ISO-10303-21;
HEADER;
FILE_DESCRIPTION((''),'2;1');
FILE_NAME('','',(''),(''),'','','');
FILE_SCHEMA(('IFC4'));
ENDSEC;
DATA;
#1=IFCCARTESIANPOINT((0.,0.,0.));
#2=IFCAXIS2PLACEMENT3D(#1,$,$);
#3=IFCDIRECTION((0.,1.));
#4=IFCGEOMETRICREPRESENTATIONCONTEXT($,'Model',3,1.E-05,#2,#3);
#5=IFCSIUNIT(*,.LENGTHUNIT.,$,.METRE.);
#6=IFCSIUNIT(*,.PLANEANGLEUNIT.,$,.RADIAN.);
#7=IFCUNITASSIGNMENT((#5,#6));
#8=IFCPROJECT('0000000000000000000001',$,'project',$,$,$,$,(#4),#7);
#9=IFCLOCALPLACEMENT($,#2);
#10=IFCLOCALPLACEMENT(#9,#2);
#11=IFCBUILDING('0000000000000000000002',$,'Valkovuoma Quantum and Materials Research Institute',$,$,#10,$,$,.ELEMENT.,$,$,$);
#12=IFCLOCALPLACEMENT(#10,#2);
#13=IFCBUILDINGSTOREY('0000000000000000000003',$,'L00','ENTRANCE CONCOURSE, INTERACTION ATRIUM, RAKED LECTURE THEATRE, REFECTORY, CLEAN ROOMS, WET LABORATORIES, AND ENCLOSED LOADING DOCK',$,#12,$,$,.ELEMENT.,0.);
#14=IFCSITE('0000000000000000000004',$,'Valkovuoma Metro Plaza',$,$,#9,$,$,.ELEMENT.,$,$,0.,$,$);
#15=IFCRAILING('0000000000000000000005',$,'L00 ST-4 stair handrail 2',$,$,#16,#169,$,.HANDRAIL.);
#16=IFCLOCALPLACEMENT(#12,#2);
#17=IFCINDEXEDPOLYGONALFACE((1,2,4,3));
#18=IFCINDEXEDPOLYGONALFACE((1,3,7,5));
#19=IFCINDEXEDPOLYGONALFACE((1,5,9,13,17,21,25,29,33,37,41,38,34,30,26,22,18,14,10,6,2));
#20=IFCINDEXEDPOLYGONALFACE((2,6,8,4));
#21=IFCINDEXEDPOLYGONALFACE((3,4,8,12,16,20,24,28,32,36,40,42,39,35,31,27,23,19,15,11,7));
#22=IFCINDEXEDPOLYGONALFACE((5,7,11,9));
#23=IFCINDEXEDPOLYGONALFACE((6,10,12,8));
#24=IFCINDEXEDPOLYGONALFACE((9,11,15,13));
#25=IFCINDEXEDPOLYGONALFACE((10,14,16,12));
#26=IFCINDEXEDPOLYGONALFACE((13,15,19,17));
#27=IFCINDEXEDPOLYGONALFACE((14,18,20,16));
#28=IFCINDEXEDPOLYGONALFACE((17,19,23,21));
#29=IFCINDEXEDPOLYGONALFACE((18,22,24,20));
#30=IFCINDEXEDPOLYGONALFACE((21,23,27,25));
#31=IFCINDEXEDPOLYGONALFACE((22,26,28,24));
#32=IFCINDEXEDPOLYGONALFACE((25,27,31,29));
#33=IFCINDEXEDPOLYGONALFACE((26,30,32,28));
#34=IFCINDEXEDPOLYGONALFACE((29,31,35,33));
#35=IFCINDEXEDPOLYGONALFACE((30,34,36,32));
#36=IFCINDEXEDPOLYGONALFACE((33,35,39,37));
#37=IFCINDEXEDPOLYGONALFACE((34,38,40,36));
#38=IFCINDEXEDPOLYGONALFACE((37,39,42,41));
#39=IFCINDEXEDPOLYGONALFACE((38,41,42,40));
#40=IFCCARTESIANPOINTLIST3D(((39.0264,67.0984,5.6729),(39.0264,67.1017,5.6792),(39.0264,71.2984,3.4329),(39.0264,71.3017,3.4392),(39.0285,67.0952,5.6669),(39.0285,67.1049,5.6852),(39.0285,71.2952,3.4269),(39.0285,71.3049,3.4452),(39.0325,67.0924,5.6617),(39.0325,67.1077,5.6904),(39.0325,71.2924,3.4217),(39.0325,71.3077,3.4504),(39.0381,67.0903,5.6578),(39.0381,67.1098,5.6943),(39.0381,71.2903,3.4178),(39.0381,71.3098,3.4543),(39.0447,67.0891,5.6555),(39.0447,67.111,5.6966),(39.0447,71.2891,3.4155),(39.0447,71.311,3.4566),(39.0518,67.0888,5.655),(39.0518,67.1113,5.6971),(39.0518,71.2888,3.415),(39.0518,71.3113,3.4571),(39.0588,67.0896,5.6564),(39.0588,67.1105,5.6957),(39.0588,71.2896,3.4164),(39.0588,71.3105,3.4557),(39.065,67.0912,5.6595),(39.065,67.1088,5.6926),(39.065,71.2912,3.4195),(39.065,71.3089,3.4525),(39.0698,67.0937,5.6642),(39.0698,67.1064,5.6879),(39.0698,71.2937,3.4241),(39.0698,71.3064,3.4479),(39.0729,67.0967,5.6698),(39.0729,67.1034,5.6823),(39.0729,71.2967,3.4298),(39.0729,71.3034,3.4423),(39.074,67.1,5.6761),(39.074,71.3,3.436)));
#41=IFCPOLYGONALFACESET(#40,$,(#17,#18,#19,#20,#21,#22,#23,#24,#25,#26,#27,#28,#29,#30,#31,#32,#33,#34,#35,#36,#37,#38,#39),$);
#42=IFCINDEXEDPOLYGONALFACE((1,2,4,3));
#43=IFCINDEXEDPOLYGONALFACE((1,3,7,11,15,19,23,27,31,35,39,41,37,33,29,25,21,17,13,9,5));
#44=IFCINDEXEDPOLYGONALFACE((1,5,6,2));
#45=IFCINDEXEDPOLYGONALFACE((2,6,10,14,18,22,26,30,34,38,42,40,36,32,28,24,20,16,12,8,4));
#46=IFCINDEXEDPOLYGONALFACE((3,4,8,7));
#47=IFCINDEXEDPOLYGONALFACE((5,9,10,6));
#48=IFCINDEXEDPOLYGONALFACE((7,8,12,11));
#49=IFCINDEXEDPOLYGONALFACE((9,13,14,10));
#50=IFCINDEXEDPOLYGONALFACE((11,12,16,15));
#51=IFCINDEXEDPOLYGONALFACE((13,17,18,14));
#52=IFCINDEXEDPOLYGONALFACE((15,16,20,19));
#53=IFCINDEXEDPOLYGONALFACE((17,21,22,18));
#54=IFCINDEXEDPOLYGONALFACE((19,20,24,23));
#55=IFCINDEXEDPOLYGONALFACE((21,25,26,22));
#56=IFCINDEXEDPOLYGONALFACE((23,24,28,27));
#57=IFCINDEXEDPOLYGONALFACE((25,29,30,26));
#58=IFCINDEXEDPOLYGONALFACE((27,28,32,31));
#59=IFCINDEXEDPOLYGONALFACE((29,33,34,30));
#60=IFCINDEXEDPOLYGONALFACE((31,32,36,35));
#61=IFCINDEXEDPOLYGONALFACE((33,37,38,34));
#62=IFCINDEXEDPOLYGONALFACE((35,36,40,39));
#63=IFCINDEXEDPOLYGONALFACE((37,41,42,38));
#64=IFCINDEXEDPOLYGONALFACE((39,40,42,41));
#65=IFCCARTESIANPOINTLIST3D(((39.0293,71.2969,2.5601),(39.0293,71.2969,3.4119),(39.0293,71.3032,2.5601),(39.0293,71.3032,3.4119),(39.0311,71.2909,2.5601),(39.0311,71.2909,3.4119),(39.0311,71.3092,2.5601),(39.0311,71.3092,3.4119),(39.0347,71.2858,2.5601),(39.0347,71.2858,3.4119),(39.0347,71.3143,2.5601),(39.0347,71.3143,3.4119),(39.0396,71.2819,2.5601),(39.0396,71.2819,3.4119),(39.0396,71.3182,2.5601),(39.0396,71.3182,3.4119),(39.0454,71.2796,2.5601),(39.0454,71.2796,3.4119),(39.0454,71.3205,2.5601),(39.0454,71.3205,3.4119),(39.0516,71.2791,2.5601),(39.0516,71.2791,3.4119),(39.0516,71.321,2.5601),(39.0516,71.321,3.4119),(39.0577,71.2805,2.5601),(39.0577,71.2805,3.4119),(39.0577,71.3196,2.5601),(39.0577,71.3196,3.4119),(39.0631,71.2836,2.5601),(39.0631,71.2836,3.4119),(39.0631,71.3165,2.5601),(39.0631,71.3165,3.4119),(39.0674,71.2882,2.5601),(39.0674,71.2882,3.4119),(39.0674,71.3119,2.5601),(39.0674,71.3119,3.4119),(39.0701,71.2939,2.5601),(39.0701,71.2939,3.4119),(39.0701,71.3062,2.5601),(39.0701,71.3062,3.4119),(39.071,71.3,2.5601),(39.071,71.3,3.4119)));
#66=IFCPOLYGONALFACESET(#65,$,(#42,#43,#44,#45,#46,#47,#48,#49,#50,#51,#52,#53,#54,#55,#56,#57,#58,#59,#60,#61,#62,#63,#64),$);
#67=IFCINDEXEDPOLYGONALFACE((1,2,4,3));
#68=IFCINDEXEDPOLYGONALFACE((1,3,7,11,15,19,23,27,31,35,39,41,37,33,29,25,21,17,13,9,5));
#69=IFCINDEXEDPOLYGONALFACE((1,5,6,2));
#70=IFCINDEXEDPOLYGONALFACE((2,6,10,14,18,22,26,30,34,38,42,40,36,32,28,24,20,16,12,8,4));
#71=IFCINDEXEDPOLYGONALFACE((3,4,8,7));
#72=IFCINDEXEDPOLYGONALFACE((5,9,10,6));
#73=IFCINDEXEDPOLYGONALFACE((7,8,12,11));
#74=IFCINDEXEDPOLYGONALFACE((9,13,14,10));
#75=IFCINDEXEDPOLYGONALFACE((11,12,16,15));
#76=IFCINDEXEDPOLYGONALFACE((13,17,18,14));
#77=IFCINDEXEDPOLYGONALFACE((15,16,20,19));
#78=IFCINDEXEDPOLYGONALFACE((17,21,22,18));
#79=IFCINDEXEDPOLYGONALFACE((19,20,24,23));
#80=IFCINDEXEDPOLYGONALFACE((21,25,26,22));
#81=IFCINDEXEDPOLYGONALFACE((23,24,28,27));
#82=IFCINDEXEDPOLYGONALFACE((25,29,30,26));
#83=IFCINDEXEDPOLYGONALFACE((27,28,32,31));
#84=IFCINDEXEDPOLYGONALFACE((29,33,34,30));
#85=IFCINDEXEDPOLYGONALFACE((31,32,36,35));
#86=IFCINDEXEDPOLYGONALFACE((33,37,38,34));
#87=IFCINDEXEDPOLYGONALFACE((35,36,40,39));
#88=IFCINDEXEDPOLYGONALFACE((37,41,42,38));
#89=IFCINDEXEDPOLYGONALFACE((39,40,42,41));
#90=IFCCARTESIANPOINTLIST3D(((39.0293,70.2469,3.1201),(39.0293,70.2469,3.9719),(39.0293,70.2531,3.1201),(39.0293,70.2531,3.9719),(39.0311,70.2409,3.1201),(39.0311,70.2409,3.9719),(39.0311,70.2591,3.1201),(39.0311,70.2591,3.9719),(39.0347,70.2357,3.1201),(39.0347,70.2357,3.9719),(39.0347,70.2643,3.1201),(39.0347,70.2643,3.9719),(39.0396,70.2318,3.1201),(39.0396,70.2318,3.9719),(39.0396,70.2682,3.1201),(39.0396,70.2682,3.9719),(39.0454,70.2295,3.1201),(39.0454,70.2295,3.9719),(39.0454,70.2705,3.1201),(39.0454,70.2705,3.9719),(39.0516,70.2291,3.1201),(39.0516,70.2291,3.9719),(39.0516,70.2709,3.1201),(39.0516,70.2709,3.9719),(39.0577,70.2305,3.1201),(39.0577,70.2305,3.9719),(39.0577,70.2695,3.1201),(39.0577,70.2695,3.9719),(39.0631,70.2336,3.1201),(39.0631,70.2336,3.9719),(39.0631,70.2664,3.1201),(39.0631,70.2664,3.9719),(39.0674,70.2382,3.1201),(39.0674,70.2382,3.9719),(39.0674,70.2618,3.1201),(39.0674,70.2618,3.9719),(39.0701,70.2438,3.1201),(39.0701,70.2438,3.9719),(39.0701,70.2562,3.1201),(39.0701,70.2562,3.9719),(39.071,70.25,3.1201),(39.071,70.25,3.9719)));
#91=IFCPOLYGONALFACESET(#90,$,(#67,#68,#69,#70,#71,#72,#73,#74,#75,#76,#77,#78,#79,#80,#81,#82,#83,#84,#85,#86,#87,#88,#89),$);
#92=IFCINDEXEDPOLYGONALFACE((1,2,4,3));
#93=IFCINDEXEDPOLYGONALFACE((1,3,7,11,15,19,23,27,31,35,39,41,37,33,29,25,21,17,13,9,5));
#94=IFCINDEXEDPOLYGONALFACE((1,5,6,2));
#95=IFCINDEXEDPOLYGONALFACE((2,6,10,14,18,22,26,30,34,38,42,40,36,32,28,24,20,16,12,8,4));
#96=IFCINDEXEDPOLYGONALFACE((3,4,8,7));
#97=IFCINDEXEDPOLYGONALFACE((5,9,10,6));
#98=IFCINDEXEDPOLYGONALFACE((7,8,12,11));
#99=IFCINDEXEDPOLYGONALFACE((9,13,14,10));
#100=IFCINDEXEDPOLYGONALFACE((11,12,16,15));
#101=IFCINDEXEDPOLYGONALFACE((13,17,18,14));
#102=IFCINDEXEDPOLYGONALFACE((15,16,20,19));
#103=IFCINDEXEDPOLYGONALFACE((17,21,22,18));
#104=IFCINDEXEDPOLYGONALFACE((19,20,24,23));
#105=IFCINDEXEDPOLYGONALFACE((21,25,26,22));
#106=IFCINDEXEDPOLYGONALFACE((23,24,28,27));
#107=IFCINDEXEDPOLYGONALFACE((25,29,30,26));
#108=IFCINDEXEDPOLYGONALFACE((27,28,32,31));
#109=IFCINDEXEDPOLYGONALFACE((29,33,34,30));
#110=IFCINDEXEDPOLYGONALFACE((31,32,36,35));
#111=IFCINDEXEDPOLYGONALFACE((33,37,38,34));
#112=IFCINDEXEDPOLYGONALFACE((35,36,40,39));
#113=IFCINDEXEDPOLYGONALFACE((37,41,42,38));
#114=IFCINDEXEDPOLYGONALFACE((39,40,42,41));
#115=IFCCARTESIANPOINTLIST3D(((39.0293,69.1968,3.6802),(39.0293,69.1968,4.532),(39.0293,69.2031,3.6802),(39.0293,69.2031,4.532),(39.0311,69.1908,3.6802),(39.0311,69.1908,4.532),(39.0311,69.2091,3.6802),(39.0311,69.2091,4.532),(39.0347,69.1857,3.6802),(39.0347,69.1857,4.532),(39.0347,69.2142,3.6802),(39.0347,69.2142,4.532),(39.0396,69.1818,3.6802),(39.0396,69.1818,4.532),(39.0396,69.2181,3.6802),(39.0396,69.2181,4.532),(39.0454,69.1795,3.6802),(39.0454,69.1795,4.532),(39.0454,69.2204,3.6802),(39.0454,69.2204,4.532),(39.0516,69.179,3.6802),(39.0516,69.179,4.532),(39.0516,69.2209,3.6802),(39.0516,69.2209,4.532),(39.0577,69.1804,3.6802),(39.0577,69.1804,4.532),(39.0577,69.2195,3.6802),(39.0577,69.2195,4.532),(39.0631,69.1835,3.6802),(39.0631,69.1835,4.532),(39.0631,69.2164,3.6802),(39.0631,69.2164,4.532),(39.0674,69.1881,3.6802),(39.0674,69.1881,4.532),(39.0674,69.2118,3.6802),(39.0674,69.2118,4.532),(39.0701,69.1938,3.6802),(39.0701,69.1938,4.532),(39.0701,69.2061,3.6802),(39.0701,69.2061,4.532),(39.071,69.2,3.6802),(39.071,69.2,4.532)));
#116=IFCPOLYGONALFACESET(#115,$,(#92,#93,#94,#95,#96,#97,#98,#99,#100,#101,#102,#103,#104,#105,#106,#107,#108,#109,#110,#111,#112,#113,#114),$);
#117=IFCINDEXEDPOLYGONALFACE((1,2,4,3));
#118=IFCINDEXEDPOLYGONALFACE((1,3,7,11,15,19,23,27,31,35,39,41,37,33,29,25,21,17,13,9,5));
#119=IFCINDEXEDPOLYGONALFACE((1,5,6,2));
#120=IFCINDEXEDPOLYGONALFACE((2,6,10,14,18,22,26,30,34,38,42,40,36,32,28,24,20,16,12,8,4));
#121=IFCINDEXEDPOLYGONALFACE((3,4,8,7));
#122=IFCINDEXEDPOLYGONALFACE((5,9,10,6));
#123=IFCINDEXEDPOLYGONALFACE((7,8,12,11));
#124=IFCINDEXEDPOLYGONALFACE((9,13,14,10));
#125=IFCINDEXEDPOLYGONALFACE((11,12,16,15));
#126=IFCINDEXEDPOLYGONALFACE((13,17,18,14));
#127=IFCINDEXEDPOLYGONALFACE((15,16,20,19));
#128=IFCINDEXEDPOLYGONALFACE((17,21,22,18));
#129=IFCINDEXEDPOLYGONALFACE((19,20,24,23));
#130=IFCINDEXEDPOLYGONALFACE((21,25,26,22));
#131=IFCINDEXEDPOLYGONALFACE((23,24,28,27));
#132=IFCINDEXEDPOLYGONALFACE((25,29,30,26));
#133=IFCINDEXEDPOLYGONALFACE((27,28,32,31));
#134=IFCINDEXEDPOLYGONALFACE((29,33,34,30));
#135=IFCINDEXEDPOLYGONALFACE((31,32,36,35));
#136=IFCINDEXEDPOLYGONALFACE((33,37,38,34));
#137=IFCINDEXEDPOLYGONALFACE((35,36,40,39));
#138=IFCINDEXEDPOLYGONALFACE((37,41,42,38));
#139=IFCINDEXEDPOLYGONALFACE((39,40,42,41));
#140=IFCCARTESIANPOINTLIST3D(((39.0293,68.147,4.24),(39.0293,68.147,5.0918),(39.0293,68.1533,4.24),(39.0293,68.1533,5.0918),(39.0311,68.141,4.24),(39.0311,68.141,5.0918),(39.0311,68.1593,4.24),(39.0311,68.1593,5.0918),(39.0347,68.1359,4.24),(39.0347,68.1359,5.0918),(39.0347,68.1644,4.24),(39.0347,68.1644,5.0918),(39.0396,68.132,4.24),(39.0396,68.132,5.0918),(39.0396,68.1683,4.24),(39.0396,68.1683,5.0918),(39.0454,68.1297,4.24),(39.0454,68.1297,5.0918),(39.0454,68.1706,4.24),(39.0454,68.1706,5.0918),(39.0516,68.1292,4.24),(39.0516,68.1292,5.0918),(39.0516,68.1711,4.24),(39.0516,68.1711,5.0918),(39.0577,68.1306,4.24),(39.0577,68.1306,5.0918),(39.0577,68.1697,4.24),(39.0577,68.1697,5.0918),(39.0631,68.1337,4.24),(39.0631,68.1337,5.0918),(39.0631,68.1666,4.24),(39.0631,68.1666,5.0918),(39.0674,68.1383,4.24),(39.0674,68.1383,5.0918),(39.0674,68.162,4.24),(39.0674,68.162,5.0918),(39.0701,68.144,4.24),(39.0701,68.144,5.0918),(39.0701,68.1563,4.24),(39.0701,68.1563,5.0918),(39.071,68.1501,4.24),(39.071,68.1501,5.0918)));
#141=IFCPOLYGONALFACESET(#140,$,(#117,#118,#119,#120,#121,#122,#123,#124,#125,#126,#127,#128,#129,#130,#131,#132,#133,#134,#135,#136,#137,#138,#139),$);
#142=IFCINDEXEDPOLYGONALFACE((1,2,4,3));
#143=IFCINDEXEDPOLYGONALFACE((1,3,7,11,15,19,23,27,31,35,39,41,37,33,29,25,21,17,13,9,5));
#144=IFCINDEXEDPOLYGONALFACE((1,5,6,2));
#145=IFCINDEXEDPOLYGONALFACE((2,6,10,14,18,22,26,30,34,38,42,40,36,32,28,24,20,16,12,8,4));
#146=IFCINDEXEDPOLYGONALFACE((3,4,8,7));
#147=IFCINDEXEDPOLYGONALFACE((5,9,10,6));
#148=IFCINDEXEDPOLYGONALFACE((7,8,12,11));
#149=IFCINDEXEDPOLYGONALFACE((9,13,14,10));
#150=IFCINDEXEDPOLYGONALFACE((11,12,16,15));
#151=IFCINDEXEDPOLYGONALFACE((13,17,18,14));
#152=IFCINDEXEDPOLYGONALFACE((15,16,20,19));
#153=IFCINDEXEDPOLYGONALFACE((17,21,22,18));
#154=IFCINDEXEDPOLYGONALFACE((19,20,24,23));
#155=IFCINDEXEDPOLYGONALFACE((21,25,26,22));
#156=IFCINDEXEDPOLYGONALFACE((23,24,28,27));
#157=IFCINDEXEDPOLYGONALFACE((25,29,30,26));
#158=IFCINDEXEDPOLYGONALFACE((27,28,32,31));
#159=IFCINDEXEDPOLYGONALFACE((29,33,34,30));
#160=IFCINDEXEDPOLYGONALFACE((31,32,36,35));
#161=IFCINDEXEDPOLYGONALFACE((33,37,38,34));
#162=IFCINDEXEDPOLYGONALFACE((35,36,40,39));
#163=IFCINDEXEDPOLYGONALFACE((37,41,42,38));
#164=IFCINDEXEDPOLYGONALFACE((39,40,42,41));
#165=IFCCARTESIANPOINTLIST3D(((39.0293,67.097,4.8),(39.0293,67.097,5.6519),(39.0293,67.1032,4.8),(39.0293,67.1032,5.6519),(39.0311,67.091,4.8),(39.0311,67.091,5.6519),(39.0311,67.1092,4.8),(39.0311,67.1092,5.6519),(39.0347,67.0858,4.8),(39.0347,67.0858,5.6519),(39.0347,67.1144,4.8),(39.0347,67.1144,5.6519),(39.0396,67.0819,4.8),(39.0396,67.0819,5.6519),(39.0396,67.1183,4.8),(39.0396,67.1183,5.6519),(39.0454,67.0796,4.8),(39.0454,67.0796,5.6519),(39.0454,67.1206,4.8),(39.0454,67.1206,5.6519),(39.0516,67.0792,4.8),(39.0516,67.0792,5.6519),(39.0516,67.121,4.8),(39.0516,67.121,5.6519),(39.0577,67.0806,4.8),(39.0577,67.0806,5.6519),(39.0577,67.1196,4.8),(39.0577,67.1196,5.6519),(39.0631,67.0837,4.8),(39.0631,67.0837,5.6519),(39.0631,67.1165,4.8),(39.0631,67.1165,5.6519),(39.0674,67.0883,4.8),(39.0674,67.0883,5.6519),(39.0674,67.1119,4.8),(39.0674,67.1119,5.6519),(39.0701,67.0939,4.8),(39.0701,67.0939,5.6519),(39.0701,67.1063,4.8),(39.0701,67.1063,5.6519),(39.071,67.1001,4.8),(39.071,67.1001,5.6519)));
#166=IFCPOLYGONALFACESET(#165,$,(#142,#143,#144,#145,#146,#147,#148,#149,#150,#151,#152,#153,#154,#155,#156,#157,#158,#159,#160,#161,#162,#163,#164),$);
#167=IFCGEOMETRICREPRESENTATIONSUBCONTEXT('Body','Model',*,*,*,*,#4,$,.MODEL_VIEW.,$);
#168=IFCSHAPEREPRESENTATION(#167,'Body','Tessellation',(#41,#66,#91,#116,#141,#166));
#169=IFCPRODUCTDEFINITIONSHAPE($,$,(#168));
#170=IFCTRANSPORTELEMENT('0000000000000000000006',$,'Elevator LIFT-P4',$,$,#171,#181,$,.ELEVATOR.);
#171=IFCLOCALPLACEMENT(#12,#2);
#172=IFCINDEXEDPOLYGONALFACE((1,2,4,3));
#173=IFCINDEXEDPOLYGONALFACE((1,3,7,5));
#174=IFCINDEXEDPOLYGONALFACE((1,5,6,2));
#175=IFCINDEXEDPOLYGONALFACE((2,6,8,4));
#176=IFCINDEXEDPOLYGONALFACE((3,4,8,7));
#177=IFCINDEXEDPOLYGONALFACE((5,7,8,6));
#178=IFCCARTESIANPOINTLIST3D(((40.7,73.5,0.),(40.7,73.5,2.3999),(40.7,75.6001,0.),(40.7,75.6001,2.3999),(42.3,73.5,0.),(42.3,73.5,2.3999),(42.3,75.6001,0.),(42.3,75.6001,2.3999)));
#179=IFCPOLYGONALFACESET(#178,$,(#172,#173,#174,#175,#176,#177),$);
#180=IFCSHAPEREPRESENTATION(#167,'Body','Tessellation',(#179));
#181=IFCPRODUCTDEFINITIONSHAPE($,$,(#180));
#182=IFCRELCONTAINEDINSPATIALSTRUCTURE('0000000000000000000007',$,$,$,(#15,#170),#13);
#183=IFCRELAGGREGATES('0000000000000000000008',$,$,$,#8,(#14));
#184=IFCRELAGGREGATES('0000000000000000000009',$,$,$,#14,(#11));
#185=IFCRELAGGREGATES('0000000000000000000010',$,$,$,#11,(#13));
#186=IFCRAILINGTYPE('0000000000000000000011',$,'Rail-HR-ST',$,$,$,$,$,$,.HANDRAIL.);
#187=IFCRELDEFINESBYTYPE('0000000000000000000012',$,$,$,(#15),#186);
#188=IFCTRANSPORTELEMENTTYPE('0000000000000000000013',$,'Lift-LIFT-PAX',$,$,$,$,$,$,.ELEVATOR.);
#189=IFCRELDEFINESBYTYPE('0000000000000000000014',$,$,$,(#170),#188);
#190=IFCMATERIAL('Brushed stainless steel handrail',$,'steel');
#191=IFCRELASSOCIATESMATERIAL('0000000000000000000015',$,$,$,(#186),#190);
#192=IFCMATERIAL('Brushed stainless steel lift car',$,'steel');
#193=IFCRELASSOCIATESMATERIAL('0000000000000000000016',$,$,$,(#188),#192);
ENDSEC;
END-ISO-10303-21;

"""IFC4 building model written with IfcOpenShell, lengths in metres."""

from ifc_helpers import new_model, si_unit, direction, frame, origin, origin_2d, place, context, subcontext, project, spatial, rectangle, circle, extrude, material, type_object, element, save


model = new_model("IFC4")

# Units and contexts
model_context = context("Model", 3, precision=1e-05, world=origin(), true_north=direction((0.0, 1.0)))
body_context = subcontext(model_context, "Body", "Model", "MODEL_VIEW")
ifc_project = project(units=[si_unit("LENGTHUNIT", "METRE"), si_unit("PLANEANGLEUNIT", "RADIAN")], contexts=[model_context])

# Site, building, storey
site_placement = place(None, origin())
site = spatial("IfcSite", under=ifc_project, at=site_placement, Name="Valkovuoma Metro Plaza", CompositionType="ELEMENT", RefElevation=0.0)
building_placement = place(site_placement, origin())
building = spatial("IfcBuilding", under=site, at=building_placement, Name="Valkovuoma Quantum and Materials Research Institute", CompositionType="ELEMENT")
storey_placement = place(building_placement, origin())
storey = spatial("IfcBuildingStorey", under=building, at=storey_placement, Name="L00", Description="ENTRANCE CONCOURSE, INTERACTION ATRIUM, RAKED LECTURE THEATRE, REFECTORY, CLEAN ROOMS, WET LABORATORIES, AND ENCLOSED LOADING DOCK", CompositionType="ELEMENT", Elevation=0.0)

# Railing
ifc_material_1 = material(Name="Brushed stainless steel handrail", Category="steel")
railing_type_1 = type_object("IfcRailingType", Name="Rail-HR-ST", PredefinedType="HANDRAIL", material=ifc_material_1)
railing_1_placement = place(storey_placement, frame((39.05, 71.3, 2.5601)))
element("IfcRailing", 1, at=railing_1_placement, inside=storey, type_object=railing_type_1, Name="L00 ST-4 stair handrail 2", PredefinedType="HANDRAIL", context=body_context, shape_type="SweptSolid", body=[
    extrude(circle(Radius=0.0239, at=origin_2d()), frame((0.0, 0.0, 0.876), z_axis=(0.0, -0.882352, 0.470591), x_axis=(1.0, 0.0, 0.0)), (0.0, 0.0, 1.0), 4.76),
    extrude(circle(Radius=0.021, at=origin_2d()), origin(), (0.0, 0.0, 1.0), 0.8518),
    extrude(circle(Radius=0.021, at=origin_2d()), frame((0.0, -1.05, 0.5601)), (0.0, 0.0, 1.0), 0.8518),
    extrude(circle(Radius=0.021, at=origin_2d()), frame((0.0, -2.1001, 1.1201)), (0.0, 0.0, 1.0), 0.8518),
    extrude(circle(Radius=0.021, at=origin_2d()), frame((0.0, -3.1499, 1.6799)), (0.0, 0.0, 1.0), 0.8518),
    extrude(circle(Radius=0.021, at=origin_2d()), frame((0.0, -4.2, 2.24)), (0.0, 0.0, 1.0), 0.8518),
])

# Transport element
ifc_material_2 = material(Name="Brushed stainless steel lift car", Category="steel")
transport_element_type = type_object("IfcTransportElementType", Name="Lift-LIFT-PAX", PredefinedType="ELEVATOR", material=ifc_material_2)
transport_element_placement = place(storey_placement, frame((41.5, 74.55, 0.0), z_axis=(0.0, 0.0, 1.0), x_axis=(1.0, 0.0, 0.0)))
element("IfcTransportElement", 2, at=transport_element_placement, inside=storey, type_object=transport_element_type, Name="Elevator LIFT-P4", PredefinedType="ELEVATOR", context=body_context, shape_type="SweptSolid", body=[
    extrude(rectangle(XDim=1.6001, YDim=2.1001, at=origin_2d()), origin(), (0.0, 0.0, 1.0), 2.3999),
])

save(model, "model.ifc")
